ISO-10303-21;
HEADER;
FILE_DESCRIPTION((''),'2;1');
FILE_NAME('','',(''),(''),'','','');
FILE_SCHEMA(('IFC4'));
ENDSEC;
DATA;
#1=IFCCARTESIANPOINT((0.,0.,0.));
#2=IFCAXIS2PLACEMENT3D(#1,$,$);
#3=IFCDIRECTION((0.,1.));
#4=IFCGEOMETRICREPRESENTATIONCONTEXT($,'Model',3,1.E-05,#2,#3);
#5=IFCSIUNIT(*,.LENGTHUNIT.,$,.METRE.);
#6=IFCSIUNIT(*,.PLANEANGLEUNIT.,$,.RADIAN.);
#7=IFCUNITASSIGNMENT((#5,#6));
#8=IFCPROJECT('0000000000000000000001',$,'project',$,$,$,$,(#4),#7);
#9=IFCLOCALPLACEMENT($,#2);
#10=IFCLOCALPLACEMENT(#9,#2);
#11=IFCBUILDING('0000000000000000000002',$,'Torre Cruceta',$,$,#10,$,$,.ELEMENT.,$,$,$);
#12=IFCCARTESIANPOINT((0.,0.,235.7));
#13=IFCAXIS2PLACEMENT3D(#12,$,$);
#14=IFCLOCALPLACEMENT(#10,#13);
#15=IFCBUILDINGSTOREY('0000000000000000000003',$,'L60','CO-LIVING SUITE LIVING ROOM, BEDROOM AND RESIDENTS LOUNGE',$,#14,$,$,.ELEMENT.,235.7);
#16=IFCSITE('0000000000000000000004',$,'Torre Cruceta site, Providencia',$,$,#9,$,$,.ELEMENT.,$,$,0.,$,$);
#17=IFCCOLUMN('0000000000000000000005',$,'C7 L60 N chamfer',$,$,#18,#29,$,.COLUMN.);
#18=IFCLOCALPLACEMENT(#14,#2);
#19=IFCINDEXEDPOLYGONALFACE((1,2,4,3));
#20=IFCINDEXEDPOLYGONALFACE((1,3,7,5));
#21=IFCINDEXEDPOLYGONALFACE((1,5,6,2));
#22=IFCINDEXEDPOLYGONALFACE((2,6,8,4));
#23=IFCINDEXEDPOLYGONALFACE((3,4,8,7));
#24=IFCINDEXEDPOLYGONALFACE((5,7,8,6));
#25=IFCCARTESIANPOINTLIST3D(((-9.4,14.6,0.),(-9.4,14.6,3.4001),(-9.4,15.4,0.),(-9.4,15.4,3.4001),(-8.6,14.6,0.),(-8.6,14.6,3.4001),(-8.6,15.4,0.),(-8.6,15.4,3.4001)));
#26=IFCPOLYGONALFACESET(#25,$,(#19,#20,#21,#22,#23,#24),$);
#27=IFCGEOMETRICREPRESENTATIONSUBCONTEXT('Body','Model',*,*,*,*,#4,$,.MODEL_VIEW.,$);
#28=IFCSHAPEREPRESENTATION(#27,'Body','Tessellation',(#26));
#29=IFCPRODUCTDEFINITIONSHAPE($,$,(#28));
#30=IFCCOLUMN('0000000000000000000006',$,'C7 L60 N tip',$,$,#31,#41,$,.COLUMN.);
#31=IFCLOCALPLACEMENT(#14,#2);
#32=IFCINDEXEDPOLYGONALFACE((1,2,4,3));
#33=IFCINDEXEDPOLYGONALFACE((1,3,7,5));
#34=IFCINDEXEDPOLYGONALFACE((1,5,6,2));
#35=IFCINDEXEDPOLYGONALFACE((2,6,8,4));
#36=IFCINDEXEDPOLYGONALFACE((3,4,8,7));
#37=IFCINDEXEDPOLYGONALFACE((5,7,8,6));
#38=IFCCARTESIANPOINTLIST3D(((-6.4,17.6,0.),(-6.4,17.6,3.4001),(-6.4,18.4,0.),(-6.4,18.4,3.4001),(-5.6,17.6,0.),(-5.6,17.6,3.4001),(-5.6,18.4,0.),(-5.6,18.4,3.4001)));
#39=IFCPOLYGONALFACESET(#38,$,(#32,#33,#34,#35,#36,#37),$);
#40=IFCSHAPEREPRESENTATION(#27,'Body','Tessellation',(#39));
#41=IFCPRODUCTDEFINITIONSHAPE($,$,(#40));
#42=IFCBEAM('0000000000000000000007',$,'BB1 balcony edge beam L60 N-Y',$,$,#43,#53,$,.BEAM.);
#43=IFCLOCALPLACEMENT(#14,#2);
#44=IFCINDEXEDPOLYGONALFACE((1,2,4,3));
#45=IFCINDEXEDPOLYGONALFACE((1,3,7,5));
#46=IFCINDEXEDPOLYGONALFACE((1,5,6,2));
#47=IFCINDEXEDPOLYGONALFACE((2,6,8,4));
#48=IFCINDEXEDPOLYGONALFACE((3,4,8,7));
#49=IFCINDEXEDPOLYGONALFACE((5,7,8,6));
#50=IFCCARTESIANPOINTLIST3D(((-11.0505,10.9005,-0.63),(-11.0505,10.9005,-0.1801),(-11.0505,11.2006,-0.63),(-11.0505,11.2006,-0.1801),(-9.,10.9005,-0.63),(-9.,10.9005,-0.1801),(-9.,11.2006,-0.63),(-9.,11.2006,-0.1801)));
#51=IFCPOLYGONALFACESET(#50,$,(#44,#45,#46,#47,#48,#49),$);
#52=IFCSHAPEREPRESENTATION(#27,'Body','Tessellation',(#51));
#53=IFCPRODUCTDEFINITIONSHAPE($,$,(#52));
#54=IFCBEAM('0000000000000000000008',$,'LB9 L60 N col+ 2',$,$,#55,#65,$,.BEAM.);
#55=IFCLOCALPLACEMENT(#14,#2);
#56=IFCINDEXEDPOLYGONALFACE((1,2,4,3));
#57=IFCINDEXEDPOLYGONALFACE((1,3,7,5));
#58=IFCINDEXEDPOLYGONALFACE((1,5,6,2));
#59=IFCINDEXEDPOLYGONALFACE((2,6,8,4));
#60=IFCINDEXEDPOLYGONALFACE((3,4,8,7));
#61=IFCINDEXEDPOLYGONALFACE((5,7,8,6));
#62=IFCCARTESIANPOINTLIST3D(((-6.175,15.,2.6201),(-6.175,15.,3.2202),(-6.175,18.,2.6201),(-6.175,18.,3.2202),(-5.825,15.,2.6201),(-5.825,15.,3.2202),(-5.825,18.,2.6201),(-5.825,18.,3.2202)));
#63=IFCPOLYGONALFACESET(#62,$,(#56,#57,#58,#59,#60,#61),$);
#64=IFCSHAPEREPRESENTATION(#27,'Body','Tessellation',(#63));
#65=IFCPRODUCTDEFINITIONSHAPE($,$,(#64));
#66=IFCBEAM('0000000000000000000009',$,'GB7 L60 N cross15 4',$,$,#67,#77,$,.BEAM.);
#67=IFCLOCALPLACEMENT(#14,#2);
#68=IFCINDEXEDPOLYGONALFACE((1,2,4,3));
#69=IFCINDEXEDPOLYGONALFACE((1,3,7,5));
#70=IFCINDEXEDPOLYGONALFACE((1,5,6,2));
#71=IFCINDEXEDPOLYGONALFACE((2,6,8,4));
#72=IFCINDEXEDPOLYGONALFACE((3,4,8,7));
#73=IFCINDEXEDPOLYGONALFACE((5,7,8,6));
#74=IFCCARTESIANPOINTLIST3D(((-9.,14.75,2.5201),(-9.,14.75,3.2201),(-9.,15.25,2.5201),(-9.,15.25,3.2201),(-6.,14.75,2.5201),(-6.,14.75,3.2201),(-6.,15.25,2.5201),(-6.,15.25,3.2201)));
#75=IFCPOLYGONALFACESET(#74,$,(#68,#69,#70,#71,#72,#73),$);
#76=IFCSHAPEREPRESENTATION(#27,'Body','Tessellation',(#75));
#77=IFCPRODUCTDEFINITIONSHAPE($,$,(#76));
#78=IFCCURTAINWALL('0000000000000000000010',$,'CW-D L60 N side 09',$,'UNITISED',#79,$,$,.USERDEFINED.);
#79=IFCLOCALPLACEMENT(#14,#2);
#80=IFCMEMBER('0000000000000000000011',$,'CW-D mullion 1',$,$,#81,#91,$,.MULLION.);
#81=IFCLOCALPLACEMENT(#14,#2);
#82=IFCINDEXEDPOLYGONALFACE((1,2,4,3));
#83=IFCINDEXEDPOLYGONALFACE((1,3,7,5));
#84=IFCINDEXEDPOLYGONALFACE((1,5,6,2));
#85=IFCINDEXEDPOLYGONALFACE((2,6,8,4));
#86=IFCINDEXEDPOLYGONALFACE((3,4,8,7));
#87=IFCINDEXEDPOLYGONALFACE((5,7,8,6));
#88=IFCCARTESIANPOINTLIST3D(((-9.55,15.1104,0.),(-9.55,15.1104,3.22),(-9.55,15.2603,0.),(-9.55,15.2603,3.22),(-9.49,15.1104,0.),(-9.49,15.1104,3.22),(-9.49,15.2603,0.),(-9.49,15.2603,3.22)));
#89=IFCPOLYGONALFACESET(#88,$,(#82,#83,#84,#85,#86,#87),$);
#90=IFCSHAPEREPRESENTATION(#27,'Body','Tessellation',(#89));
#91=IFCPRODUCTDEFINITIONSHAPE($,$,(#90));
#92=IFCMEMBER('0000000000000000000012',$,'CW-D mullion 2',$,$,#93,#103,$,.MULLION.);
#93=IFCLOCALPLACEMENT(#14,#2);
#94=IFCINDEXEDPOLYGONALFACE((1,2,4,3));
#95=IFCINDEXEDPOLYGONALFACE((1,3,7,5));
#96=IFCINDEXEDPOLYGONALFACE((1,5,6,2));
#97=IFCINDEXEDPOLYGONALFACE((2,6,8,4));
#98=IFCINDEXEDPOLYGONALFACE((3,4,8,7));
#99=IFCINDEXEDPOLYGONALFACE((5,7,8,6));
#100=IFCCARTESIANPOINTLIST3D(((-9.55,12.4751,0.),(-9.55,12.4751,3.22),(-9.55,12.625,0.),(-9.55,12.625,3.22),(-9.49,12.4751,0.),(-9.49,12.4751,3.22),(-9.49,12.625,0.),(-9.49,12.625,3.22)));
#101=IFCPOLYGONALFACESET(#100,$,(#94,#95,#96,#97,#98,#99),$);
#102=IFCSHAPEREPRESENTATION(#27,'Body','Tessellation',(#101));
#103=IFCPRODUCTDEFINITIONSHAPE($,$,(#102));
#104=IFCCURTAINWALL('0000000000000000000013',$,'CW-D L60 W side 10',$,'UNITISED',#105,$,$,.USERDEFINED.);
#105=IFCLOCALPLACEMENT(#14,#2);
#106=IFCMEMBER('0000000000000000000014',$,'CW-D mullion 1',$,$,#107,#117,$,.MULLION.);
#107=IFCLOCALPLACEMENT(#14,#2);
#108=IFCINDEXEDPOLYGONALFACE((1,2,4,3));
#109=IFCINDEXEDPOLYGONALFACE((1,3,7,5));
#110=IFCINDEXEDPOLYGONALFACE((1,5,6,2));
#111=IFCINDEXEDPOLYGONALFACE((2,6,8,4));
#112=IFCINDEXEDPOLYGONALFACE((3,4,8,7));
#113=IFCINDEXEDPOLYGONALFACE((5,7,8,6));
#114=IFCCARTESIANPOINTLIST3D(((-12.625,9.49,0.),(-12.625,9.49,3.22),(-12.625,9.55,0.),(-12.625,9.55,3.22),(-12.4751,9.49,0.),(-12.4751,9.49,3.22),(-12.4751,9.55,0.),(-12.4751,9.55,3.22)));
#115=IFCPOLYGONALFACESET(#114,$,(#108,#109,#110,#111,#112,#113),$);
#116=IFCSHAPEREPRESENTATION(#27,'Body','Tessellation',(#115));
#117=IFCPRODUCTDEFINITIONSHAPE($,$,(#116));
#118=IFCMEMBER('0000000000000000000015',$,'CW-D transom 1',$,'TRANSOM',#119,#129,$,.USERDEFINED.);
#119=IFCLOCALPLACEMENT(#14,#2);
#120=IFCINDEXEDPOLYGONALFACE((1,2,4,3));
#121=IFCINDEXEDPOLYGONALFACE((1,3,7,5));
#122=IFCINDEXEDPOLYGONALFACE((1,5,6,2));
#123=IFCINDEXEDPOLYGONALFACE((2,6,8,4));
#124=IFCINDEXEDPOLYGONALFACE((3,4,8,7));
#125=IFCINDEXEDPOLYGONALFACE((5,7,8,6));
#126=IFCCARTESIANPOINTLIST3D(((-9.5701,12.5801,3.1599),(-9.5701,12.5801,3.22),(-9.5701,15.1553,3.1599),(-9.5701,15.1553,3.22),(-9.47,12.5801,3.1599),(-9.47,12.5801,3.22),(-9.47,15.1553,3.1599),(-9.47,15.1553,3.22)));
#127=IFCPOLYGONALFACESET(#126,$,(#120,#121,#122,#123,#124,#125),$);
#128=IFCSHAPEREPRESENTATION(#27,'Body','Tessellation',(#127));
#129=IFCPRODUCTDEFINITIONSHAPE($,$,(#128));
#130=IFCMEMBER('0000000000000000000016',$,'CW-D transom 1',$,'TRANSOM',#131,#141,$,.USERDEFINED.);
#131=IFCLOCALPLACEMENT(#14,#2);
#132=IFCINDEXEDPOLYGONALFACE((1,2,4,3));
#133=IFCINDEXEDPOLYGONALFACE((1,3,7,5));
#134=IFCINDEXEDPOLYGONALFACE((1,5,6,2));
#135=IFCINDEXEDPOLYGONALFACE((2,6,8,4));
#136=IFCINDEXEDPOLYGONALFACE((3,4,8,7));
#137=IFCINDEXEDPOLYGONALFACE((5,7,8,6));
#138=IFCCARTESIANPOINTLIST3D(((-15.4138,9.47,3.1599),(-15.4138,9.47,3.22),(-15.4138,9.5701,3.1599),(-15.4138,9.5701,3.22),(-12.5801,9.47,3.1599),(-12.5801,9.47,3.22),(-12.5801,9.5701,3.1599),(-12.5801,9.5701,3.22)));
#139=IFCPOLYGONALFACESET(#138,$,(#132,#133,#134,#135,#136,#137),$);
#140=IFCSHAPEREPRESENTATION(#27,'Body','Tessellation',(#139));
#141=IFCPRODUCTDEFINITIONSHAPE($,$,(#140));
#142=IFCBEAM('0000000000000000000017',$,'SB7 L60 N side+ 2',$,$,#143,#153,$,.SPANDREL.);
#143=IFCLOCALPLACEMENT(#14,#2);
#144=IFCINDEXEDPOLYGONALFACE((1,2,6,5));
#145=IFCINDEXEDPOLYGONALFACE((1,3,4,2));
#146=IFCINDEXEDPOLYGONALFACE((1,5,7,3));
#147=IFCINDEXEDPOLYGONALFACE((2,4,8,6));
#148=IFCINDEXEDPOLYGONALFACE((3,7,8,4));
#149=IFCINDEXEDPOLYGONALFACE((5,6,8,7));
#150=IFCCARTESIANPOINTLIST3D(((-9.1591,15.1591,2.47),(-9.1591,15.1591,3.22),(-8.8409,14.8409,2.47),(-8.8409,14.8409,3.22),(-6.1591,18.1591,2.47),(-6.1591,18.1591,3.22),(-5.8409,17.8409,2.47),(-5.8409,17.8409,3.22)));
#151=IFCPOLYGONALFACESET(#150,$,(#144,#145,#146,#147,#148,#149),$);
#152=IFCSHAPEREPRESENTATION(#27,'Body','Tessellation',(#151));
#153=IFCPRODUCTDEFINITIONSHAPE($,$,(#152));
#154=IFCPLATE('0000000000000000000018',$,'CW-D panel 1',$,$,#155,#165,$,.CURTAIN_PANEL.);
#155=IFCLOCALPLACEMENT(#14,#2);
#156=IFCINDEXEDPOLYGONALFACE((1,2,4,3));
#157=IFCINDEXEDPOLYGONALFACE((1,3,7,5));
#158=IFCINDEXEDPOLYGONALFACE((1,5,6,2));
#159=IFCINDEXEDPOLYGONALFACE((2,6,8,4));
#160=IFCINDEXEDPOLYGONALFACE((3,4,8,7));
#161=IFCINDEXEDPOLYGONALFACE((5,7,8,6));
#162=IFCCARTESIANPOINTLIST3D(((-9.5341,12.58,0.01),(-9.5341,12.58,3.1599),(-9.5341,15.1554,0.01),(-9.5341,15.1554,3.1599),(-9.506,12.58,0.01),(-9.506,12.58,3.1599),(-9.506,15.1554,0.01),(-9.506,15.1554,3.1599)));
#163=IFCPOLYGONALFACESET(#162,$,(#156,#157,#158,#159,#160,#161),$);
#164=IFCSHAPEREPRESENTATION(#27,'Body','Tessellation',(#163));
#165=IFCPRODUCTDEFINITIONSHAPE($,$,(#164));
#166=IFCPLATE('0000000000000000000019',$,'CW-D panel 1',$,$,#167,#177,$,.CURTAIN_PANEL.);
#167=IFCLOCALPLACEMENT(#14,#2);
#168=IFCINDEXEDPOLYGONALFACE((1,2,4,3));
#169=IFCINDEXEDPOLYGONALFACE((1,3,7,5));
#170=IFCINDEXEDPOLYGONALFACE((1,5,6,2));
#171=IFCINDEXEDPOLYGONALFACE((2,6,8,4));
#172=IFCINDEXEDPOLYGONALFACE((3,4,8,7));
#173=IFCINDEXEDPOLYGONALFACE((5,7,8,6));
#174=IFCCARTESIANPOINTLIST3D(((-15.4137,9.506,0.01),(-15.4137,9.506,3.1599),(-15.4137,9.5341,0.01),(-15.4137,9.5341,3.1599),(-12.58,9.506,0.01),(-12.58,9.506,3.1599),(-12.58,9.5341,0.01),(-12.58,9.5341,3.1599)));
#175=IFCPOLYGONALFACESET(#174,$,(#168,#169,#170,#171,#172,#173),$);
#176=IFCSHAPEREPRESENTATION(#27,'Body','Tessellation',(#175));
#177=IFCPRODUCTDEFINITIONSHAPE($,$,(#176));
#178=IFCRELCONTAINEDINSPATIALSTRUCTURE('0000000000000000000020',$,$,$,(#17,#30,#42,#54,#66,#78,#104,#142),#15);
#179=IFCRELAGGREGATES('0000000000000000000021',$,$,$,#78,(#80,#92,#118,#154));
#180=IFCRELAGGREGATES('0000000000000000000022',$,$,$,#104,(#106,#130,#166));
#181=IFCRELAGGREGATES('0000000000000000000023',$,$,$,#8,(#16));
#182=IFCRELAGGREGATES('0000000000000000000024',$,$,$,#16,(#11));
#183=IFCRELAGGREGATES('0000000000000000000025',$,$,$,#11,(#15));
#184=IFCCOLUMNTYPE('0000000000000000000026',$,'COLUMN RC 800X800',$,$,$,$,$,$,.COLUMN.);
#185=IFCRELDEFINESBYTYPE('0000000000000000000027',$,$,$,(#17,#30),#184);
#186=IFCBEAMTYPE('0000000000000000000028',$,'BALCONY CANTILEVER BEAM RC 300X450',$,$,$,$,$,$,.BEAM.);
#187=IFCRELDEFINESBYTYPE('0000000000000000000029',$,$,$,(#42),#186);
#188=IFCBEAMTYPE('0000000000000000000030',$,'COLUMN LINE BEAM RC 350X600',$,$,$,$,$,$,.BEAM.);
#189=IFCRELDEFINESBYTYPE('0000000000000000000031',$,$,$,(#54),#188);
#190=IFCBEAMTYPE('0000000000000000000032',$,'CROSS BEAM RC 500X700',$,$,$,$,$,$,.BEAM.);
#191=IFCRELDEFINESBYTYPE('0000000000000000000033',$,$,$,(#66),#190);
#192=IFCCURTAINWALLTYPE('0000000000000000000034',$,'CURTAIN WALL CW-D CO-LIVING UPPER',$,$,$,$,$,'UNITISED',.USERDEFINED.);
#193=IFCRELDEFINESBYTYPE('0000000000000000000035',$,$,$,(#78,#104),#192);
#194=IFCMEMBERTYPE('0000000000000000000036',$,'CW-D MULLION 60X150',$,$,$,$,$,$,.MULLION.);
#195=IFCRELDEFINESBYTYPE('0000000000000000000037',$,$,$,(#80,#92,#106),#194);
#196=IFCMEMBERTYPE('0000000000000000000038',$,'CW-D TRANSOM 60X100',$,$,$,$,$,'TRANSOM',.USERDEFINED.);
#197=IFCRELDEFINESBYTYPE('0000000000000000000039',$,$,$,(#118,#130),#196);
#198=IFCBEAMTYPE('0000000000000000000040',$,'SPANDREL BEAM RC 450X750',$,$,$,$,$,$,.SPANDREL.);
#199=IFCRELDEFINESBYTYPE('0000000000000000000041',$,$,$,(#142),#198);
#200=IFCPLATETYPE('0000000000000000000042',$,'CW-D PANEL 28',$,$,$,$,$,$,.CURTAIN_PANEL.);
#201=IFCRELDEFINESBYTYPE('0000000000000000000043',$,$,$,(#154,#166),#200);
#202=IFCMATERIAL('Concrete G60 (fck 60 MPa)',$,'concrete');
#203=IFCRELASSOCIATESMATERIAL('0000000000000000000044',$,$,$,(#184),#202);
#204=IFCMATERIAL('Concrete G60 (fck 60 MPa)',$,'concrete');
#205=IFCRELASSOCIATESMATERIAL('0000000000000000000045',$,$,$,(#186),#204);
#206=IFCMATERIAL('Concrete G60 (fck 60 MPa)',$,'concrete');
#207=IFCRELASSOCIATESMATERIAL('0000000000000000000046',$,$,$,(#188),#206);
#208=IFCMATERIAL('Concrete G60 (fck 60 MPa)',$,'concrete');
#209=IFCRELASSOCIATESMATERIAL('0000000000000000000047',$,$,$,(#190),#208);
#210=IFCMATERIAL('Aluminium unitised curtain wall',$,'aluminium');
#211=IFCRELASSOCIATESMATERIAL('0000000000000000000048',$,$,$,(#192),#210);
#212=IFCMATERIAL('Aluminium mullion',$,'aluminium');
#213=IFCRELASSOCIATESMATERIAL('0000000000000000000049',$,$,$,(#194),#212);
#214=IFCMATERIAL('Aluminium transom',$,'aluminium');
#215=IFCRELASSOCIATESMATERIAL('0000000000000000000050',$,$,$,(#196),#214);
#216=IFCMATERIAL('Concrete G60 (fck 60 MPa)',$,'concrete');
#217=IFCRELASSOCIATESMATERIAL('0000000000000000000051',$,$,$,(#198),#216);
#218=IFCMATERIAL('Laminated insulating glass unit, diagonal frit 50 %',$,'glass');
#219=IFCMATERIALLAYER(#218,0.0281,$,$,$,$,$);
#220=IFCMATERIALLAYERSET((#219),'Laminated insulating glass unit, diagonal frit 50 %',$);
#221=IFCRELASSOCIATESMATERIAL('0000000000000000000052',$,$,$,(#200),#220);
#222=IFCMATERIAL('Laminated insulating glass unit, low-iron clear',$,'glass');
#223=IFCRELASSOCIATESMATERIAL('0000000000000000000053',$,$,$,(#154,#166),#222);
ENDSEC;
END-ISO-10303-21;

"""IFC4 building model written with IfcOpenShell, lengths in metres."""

from ifc_helpers import new_model, si_unit, direction, frame, origin, origin_2d, place, context, subcontext, project, spatial, rectangle, extrude, material, layer, layer_set, material_profile, profile_set, type_object, element, aggregate, save


model = new_model("IFC4")

# Units and contexts
model_context = context("Model", 3, precision=1e-05, world=origin(), true_north=direction((0.0, 1.0)))
body_context = subcontext(model_context, "Body", "Model", "MODEL_VIEW")
ifc_project = project(units=[si_unit("LENGTHUNIT", "METRE"), si_unit("PLANEANGLEUNIT", "RADIAN")], contexts=[model_context])

# Site, building, storey
site_placement = place(None, origin())
site = spatial("IfcSite", under=ifc_project, at=site_placement, Name="Torre Cruceta site, Providencia", CompositionType="ELEMENT", RefElevation=0.0)
building_placement = place(site_placement, origin())
building = spatial("IfcBuilding", under=site, at=building_placement, Name="Torre Cruceta", CompositionType="ELEMENT")
storey_placement = place(building_placement, frame((0.0, 0.0, 235.7)))
storey = spatial("IfcBuildingStorey", under=building, at=storey_placement, Name="L60", Description="CO-LIVING SUITE LIVING ROOM, BEDROOM AND RESIDENTS LOUNGE", CompositionType="ELEMENT", Elevation=235.7)

# Columns
ifc_material_1 = material(Name="Concrete G60 (fck 60 MPa)", Category="concrete")
ifc_material_profile_1 = material_profile(ifc_material_1, rectangle(XDim=0.8, YDim=0.8, at=origin_2d()), Name="RC 800X800")
ifc_profile_set_1 = profile_set([ifc_material_profile_1], Name="Concrete G60 (fck 60 MPa)")
column_type = type_object("IfcColumnType", Name="COLUMN RC 800X800", PredefinedType="COLUMN", material=ifc_profile_set_1)
for number, where, z_axis, x_axis, name in (
    (1, (-9.0, 15.0, 0.0), (0.0, 0.0, 1.0), (1.0, 0.0, 0.0), "C7 L60 N chamfer"),
    (2, (-6.0, 18.0, 0.0), (0.0, 0.0, 1.0), (1.0, 0.0, 0.0), "C7 L60 N tip"),
):
    element("IfcColumn", number, at=place(storey_placement, frame(where, z_axis=z_axis, x_axis=x_axis)), inside=storey, type_object=column_type, Name=name, PredefinedType="COLUMN", context=body_context, shape_type="SweptSolid", body=[
        extrude(rectangle(XDim=0.8, YDim=0.8, at=origin_2d()), origin(), (0.0, 0.0, 1.0), 3.4001),
    ])

# Beams
ifc_material_2 = material(Name="Concrete G60 (fck 60 MPa)", Category="concrete")
ifc_material_profile_2 = material_profile(ifc_material_2, rectangle(XDim=0.3, YDim=0.45, at=origin_2d()), Name="RC 300X450")
ifc_profile_set_2 = profile_set([ifc_material_profile_2], Name="Concrete G60 (fck 60 MPa)")
beam_type_1 = type_object("IfcBeamType", Name="BALCONY CANTILEVER BEAM RC 300X450", PredefinedType="BEAM", material=ifc_profile_set_2)
beam_1_placement = place(storey_placement, frame((-9.0, 11.0505, -0.405), z_axis=(-1.0, 0.0, 0.0), x_axis=(0.0, -1.0, 0.0)))
element("IfcBeam", 3, at=beam_1_placement, inside=storey, type_object=beam_type_1, Name="BB1 balcony edge beam L60 N-Y", PredefinedType="BEAM", context=body_context, shape_type="SweptSolid", body=[
    extrude(rectangle(XDim=0.3, YDim=0.45, at=origin_2d()), origin(), (0.0, 0.0, 1.0), 2.0505),
])
ifc_material_3 = material(Name="Concrete G60 (fck 60 MPa)", Category="concrete")
ifc_material_profile_3 = material_profile(ifc_material_3, rectangle(XDim=0.3501, YDim=0.6001, at=origin_2d()), Name="RC 350X600")
ifc_profile_set_3 = profile_set([ifc_material_profile_3], Name="Concrete G60 (fck 60 MPa)")
beam_type_2 = type_object("IfcBeamType", Name="COLUMN LINE BEAM RC 350X600", PredefinedType="BEAM", material=ifc_profile_set_3)
beam_2_placement = place(storey_placement, frame((-6.0, 15.0, 2.9202), z_axis=(0.0, 1.0, 0.0), x_axis=(-1.0, 0.0, 0.0)))
element("IfcBeam", 4, at=beam_2_placement, inside=storey, type_object=beam_type_2, Name="LB9 L60 N col+ 2", PredefinedType="BEAM", context=body_context, shape_type="SweptSolid", body=[
    extrude(rectangle(XDim=0.3501, YDim=0.6001, at=origin_2d()), origin(), (0.0, 0.0, 1.0), 3.0),
])
ifc_material_4 = material(Name="Concrete G60 (fck 60 MPa)", Category="concrete")
ifc_material_profile_4 = material_profile(ifc_material_4, rectangle(XDim=0.5, YDim=0.7, at=origin_2d()), Name="RC 500X700")
ifc_profile_set_4 = profile_set([ifc_material_profile_4], Name="Concrete G60 (fck 60 MPa)")
beam_type_3 = type_object("IfcBeamType", Name="CROSS BEAM RC 500X700", PredefinedType="BEAM", material=ifc_profile_set_4)
beam_3_placement = place(storey_placement, frame((-6.0, 15.0, 2.8701), z_axis=(-1.0, 0.0, 0.0), x_axis=(0.0, -1.0, 0.0)))
element("IfcBeam", 5, at=beam_3_placement, inside=storey, type_object=beam_type_3, Name="GB7 L60 N cross15 4", PredefinedType="BEAM", context=body_context, shape_type="SweptSolid", body=[
    extrude(rectangle(XDim=0.5, YDim=0.7, at=origin_2d()), origin(), (0.0, 0.0, 1.0), 3.0),
])

# Curtain wall, members
ifc_material_5 = material(Name="Aluminium unitised curtain wall", Category="aluminium")
curtain_wall_type = type_object("IfcCurtainWallType", Name="CURTAIN WALL CW-D CO-LIVING UPPER", ElementType="UNITISED", PredefinedType="USERDEFINED", material=ifc_material_5)
curtain_wall_1_placement = place(storey_placement, origin())
curtain_wall_1 = element("IfcCurtainWall", 6, at=curtain_wall_1_placement, inside=storey, type_object=curtain_wall_type, Name="CW-D L60 N side 09", ObjectType="UNITISED", PredefinedType="USERDEFINED")
ifc_material_6 = material(Name="Aluminium mullion", Category="aluminium")
ifc_material_profile_5 = material_profile(ifc_material_6, rectangle(XDim=0.0601, YDim=0.1499, at=origin_2d()), Name="AL 60X150")
ifc_profile_set_5 = profile_set([ifc_material_profile_5], Name="Aluminium mullion")
member_type_1 = type_object("IfcMemberType", Name="CW-D MULLION 60X150", PredefinedType="MULLION", material=ifc_profile_set_5)
member_1_placement = place(storey_placement, frame((-9.52, 15.1853, 0.0), z_axis=(0.0, 0.0, 1.0), x_axis=(1.0, 0.0, 0.0)))
member_1 = element("IfcMember", 7, at=member_1_placement, type_object=member_type_1, Name="CW-D mullion 1", PredefinedType="MULLION", context=body_context, shape_type="SweptSolid", body=[
    extrude(rectangle(XDim=0.0601, YDim=0.1499, at=origin_2d()), origin(), (0.0, 0.0, 1.0), 3.22),
])
member_2_placement = place(storey_placement, frame((-9.52, 12.55, 0.0), z_axis=(0.0, 0.0, 1.0), x_axis=(1.0, 0.0, 0.0)))
member_2 = element("IfcMember", 8, at=member_2_placement, type_object=member_type_1, Name="CW-D mullion 2", PredefinedType="MULLION", context=body_context, shape_type="SweptSolid", body=[
    extrude(rectangle(XDim=0.0601, YDim=0.1499, at=origin_2d()), origin(), (0.0, 0.0, 1.0), 3.22),
])

# Curtain wall, member
curtain_wall_2_placement = place(storey_placement, origin())
curtain_wall_2 = element("IfcCurtainWall", 9, at=curtain_wall_2_placement, inside=storey, type_object=curtain_wall_type, Name="CW-D L60 W side 10", ObjectType="UNITISED", PredefinedType="USERDEFINED")
member_3_placement = place(storey_placement, frame((-12.55, 9.52, 0.0), z_axis=(0.0, 0.0, 1.0), x_axis=(0.0, -1.0, 0.0)))
member_3 = element("IfcMember", 10, at=member_3_placement, type_object=member_type_1, Name="CW-D mullion 1", PredefinedType="MULLION", context=body_context, shape_type="SweptSolid", body=[
    extrude(rectangle(XDim=0.0601, YDim=0.1499, at=origin_2d()), origin(), (0.0, 0.0, 1.0), 3.22),
])

# Members
ifc_material_7 = material(Name="Aluminium transom", Category="aluminium")
ifc_material_profile_6 = material_profile(ifc_material_7, rectangle(XDim=0.1001, YDim=0.0601, at=origin_2d()), Name="AL 100X60")
ifc_profile_set_6 = profile_set([ifc_material_profile_6], Name="Aluminium transom")
member_type_2 = type_object("IfcMemberType", Name="CW-D TRANSOM 60X100", ElementType="TRANSOM", PredefinedType="USERDEFINED", material=ifc_profile_set_6)
member_4_placement = place(storey_placement, frame((-9.52, 15.1553, 3.1899), z_axis=(0.0, -1.0, 0.0), x_axis=(1.0, 0.0, 0.0)))
member_4 = element("IfcMember", 11, at=member_4_placement, type_object=member_type_2, Name="CW-D transom 1", ObjectType="TRANSOM", PredefinedType="USERDEFINED", context=body_context, shape_type="SweptSolid", body=[
    extrude(rectangle(XDim=0.1001, YDim=0.0601, at=origin_2d()), origin(), (0.0, 0.0, 1.0), 2.5752),
])
member_5_placement = place(storey_placement, frame((-12.5801, 9.52, 3.1899), z_axis=(-1.0, 0.0, 0.0), x_axis=(0.0, -1.0, 0.0)))
member_5 = element("IfcMember", 12, at=member_5_placement, type_object=member_type_2, Name="CW-D transom 1", ObjectType="TRANSOM", PredefinedType="USERDEFINED", context=body_context, shape_type="SweptSolid", body=[
    extrude(rectangle(XDim=0.1001, YDim=0.0601, at=origin_2d()), origin(), (0.0, 0.0, 1.0), 2.8337),
])

# Beam
ifc_material_8 = material(Name="Concrete G60 (fck 60 MPa)", Category="concrete")
ifc_material_profile_7 = material_profile(ifc_material_8, rectangle(XDim=0.45, YDim=0.75, at=origin_2d()), Name="RC 450X750")
ifc_profile_set_7 = profile_set([ifc_material_profile_7], Name="Concrete G60 (fck 60 MPa)")
beam_type_4 = type_object("IfcBeamType", Name="SPANDREL BEAM RC 450X750", PredefinedType="SPANDREL", material=ifc_profile_set_7)
beam_4_placement = place(storey_placement, frame((-9.0, 15.0, 2.845), z_axis=(0.707107, 0.707107, 0.0), x_axis=(-0.707107, 0.707107, 0.0)))
element("IfcBeam", 13, at=beam_4_placement, inside=storey, type_object=beam_type_4, Name="SB7 L60 N side+ 2", PredefinedType="SPANDREL", context=body_context, shape_type="SweptSolid", body=[
    extrude(rectangle(XDim=0.45, YDim=0.75, at=origin_2d()), origin(), (0.0, 0.0, 1.0), 4.2427),
])

# Plates
ifc_material_9 = material(Name="Laminated insulating glass unit, low-iron clear", Category="glass")
ifc_material_10 = material(Name="Laminated insulating glass unit, diagonal frit 50 %", Category="glass")
ifc_layer_1 = layer(ifc_material_10, 0.0281)
ifc_layer_set_1 = layer_set([ifc_layer_1], Name="Laminated insulating glass unit, diagonal frit 50 %")
plate_type = type_object("IfcPlateType", Name="CW-D PANEL 28", PredefinedType="CURTAIN_PANEL", material=ifc_layer_set_1)
plate_1_placement = place(storey_placement, frame((-9.52, 13.8677, 0.01), z_axis=(0.0, 0.0, 1.0), x_axis=(0.0, -1.0, 0.0)))
plate_1 = element("IfcPlate", 14, at=plate_1_placement, type_object=plate_type, material=ifc_material_9, Name="CW-D panel 1", PredefinedType="CURTAIN_PANEL", context=body_context, shape_type="SweptSolid", body=[
    extrude(rectangle(XDim=2.5754, YDim=0.0281, at=origin_2d()), origin(), (0.0, 0.0, 1.0), 3.1499),
])
aggregate(curtain_wall_1, [member_1, member_2, member_4, plate_1])
plate_2_placement = place(storey_placement, frame((-13.9968, 9.52, 0.01), z_axis=(0.0, 0.0, 1.0), x_axis=(-1.0, 0.0, 0.0)))
plate_2 = element("IfcPlate", 15, at=plate_2_placement, type_object=plate_type, material=ifc_material_9, Name="CW-D panel 1", PredefinedType="CURTAIN_PANEL", context=body_context, shape_type="SweptSolid", body=[
    extrude(rectangle(XDim=2.8337, YDim=0.0281, at=origin_2d()), origin(), (0.0, 0.0, 1.0), 3.1499),
])
aggregate(curtain_wall_2, [member_3, member_5, plate_2])

save(model, "model.ifc")
